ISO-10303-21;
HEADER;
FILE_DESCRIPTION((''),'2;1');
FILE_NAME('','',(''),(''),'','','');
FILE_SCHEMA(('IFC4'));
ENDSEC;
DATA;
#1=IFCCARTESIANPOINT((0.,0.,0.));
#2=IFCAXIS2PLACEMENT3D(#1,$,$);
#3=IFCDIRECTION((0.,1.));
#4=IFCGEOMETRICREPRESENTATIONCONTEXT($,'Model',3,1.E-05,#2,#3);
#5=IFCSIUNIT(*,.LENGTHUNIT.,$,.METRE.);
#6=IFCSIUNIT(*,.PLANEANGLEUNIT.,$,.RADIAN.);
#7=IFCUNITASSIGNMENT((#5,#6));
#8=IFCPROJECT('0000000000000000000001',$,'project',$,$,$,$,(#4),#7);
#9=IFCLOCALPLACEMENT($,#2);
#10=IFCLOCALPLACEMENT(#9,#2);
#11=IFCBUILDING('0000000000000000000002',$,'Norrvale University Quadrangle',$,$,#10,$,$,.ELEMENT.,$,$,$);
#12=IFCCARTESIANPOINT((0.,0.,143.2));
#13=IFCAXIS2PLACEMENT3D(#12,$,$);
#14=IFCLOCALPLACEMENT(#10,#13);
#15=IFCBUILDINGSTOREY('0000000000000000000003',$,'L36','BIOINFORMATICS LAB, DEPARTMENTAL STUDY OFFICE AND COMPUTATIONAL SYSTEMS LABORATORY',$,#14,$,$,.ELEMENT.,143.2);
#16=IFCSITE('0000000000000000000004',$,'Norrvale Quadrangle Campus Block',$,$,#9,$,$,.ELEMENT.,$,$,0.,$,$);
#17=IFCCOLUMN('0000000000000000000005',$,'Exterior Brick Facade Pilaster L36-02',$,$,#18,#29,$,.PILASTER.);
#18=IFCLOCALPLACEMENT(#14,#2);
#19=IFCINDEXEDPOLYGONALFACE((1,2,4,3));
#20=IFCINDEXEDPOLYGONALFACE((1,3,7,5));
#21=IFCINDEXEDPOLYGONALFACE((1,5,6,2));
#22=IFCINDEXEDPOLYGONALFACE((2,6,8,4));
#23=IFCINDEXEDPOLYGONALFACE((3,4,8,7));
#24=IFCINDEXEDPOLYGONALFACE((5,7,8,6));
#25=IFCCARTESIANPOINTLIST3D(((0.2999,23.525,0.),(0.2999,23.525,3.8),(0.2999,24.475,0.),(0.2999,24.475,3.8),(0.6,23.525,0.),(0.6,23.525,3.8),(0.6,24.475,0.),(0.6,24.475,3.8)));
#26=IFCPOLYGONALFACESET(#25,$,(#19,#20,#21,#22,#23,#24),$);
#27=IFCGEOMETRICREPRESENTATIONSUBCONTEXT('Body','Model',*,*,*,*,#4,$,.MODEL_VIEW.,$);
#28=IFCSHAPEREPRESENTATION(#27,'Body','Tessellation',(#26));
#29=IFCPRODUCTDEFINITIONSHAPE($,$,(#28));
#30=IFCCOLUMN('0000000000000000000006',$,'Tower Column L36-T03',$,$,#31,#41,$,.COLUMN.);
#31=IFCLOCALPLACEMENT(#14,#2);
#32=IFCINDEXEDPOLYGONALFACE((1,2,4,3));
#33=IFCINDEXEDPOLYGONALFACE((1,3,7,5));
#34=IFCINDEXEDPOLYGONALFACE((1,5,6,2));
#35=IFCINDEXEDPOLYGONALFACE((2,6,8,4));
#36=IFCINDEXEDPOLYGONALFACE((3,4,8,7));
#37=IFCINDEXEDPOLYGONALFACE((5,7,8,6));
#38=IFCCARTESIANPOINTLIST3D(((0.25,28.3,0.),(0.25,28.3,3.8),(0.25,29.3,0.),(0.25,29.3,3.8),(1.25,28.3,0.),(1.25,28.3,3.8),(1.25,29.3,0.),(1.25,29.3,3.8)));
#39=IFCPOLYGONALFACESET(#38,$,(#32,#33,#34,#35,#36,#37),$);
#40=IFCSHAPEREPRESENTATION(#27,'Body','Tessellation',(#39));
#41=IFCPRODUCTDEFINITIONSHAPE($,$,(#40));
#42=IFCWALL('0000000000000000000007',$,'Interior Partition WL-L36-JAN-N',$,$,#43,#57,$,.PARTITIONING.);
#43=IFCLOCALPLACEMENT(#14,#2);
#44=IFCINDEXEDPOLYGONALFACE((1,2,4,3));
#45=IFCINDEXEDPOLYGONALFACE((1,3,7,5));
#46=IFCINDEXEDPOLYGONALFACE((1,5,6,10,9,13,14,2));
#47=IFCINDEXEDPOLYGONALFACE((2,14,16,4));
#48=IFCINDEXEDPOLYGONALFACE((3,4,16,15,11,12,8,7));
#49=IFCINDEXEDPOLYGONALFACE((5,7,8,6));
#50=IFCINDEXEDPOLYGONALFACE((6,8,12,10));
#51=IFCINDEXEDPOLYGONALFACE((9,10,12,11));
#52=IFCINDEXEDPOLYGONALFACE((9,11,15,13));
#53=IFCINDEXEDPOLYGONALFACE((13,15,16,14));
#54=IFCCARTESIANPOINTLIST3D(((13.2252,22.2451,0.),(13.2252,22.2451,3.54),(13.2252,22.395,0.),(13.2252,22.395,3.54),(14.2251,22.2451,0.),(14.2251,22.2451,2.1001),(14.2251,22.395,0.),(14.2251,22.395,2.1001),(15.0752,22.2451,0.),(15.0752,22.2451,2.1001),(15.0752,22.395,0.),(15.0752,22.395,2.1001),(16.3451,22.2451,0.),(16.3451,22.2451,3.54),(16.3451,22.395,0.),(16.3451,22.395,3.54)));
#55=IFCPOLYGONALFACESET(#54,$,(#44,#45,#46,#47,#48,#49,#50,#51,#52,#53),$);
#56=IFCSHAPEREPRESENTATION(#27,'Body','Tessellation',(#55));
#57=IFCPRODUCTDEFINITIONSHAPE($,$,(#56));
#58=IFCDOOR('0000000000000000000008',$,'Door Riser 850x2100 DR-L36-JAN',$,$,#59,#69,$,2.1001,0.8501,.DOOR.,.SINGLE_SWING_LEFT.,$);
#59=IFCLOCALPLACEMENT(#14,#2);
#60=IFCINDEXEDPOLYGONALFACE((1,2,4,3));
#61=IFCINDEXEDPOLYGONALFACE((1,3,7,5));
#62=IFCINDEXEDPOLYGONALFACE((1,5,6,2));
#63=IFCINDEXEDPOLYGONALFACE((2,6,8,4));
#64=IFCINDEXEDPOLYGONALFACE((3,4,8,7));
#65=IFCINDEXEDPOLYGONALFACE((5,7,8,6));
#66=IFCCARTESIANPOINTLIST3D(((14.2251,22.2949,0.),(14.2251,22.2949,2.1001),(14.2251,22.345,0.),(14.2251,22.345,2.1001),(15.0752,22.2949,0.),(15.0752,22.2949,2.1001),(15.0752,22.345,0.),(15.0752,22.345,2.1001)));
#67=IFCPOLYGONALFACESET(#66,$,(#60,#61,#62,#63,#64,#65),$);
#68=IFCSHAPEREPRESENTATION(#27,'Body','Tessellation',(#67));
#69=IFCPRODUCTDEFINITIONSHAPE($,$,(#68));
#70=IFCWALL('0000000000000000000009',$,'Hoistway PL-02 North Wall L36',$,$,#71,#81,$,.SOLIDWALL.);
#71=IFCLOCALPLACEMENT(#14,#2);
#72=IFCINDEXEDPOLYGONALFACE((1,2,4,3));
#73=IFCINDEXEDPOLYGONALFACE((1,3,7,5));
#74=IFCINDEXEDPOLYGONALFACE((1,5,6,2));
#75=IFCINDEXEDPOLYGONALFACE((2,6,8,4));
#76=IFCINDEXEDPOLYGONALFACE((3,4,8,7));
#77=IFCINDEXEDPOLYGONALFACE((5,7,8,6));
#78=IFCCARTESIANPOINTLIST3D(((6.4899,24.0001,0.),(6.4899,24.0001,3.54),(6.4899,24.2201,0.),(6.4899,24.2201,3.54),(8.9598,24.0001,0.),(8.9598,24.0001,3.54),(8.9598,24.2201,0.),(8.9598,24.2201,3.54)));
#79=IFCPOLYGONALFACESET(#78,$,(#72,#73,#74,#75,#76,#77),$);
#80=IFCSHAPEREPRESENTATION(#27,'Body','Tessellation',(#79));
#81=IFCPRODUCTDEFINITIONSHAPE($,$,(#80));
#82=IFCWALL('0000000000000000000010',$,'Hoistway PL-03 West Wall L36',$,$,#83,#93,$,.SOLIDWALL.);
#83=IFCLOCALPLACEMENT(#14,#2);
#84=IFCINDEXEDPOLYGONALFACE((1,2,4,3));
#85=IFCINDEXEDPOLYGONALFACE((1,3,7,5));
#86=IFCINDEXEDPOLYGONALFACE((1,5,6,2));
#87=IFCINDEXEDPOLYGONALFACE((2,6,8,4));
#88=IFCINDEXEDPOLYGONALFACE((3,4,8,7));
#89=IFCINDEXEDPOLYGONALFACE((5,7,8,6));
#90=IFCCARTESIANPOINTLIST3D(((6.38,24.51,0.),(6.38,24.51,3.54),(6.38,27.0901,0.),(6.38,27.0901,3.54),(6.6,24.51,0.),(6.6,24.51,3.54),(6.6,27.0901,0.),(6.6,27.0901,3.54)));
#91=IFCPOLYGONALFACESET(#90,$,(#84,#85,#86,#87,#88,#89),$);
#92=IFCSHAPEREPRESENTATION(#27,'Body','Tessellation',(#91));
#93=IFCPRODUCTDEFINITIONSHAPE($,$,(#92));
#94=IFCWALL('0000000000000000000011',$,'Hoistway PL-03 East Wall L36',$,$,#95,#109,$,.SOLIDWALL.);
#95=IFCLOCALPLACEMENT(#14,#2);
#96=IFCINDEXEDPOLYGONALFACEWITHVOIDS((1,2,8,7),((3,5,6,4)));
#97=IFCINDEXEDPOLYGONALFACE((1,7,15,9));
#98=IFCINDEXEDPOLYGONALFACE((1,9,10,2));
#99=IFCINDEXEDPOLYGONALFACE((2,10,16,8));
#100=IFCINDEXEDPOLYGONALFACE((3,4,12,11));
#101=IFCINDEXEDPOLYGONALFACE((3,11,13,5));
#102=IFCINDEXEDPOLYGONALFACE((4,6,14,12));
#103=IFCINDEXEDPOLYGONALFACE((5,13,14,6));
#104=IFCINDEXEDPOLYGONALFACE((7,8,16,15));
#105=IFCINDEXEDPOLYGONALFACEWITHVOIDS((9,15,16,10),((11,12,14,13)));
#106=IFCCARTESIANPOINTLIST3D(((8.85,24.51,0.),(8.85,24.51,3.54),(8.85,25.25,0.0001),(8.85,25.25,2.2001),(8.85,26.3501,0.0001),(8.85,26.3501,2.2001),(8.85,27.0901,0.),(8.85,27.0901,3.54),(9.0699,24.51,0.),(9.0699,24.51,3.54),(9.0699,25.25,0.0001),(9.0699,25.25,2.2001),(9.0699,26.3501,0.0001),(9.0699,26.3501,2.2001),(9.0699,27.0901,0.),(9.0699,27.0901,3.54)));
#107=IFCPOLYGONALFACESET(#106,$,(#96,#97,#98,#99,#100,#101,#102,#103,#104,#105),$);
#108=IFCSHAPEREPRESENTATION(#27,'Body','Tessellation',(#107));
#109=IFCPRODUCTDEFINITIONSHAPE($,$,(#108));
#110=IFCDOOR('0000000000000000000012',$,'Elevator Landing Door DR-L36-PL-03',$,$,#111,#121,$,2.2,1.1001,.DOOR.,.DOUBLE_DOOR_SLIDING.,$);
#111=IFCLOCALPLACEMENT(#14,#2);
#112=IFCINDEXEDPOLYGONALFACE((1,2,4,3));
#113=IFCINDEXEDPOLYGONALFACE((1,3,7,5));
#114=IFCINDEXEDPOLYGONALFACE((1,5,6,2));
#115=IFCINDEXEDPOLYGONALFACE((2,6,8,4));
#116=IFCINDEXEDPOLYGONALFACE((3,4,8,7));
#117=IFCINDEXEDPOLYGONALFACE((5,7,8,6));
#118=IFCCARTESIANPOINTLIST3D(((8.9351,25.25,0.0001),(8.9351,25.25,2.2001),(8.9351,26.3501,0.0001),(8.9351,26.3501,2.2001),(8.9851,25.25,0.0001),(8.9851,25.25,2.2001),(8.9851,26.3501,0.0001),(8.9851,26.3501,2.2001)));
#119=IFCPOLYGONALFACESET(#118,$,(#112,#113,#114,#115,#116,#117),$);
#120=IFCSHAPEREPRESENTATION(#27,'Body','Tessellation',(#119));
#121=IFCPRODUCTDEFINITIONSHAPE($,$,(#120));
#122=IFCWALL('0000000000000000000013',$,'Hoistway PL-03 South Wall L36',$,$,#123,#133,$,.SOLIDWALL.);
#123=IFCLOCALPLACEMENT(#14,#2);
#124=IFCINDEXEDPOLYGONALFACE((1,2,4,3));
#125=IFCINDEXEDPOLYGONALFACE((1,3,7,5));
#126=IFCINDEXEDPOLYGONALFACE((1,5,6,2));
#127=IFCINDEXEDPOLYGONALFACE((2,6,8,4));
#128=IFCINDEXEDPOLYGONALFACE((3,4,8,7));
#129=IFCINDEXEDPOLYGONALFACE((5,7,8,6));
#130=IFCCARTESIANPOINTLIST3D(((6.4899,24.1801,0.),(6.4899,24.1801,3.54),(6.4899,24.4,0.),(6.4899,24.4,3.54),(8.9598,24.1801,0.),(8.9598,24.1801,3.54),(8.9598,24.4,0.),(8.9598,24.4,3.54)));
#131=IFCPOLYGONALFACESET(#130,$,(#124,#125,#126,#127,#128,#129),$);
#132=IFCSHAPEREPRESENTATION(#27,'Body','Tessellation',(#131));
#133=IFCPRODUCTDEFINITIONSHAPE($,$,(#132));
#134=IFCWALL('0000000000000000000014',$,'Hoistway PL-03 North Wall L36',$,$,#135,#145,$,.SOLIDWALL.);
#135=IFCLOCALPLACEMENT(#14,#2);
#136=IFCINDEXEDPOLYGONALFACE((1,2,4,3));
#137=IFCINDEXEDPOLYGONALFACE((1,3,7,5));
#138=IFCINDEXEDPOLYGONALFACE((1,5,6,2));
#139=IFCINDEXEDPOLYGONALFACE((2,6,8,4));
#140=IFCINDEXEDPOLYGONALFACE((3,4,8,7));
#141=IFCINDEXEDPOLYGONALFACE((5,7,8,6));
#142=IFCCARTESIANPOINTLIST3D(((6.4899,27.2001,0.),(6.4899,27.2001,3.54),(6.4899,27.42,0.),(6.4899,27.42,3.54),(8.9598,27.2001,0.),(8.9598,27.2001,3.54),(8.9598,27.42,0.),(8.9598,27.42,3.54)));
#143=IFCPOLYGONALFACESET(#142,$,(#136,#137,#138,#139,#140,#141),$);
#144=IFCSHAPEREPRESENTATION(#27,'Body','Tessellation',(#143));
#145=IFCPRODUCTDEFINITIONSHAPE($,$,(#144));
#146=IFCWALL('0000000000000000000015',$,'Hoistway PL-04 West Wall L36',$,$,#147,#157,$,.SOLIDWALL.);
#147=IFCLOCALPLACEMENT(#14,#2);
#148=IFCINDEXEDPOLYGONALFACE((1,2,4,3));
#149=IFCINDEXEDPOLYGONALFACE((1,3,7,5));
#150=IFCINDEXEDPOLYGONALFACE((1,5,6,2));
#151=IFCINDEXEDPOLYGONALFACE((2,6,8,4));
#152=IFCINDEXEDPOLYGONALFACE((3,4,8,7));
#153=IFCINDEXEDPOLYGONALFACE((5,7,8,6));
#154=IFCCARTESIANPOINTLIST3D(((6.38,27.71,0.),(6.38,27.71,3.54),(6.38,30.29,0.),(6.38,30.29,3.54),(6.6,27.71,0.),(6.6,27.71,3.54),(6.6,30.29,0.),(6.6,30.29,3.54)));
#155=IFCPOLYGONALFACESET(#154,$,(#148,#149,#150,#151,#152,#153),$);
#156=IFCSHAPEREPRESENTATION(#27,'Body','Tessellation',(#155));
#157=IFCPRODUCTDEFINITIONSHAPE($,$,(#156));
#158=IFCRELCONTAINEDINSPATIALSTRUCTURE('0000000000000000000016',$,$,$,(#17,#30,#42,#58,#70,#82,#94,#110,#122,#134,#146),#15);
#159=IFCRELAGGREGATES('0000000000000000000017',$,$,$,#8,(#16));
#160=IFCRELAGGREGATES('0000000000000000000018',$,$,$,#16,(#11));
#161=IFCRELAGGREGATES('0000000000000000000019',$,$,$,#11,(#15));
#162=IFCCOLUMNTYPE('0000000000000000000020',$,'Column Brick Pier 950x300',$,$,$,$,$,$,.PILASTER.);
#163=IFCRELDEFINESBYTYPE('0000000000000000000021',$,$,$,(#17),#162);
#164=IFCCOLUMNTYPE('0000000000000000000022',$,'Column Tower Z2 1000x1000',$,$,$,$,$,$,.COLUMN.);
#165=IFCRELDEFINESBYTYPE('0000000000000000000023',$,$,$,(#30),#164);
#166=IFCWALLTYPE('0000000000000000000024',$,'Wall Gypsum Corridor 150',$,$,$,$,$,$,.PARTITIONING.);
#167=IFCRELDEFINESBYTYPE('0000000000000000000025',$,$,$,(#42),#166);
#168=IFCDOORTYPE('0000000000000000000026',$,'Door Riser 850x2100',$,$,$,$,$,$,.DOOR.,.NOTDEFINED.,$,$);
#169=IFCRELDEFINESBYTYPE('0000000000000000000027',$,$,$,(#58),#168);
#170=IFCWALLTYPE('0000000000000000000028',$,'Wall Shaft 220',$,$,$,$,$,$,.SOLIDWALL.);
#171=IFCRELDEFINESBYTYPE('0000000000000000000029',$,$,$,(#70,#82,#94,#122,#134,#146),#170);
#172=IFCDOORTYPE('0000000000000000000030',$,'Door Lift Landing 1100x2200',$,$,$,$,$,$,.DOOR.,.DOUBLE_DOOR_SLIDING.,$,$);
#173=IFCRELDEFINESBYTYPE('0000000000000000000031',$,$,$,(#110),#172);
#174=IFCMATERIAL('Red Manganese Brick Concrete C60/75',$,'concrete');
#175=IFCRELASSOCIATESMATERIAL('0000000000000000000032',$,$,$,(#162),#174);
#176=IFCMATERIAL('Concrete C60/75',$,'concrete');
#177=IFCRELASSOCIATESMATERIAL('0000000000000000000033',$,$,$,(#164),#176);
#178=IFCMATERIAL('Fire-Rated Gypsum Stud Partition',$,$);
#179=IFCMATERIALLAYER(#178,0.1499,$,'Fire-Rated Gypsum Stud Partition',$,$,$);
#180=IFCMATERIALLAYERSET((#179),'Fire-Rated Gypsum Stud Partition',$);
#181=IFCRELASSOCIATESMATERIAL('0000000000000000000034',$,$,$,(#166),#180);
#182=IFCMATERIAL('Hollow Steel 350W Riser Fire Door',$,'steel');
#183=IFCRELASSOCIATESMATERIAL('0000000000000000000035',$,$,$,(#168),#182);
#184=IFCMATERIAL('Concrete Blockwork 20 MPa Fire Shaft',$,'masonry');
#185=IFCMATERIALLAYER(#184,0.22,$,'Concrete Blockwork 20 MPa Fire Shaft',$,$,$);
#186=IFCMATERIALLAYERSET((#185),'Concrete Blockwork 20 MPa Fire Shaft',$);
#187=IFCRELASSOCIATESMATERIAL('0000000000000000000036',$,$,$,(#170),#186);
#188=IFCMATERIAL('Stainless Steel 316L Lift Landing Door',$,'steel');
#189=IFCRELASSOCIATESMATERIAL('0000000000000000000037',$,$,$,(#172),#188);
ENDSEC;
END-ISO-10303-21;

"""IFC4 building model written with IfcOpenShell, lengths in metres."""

from ifc_helpers import new_model, si_unit, direction, frame, frame_2d, origin, origin_2d, place, context, subcontext, project, spatial, rectangle, extrude, material, layer, layer_set, material_profile, profile_set, type_object, element, fill, save


model = new_model("IFC4")

# Units and contexts
model_context = context("Model", 3, precision=1e-05, world=origin(), true_north=direction((0.0, 1.0)))
body_context = subcontext(model_context, "Body", "Model", "MODEL_VIEW")
ifc_project = project(units=[si_unit("LENGTHUNIT", "METRE"), si_unit("PLANEANGLEUNIT", "RADIAN")], contexts=[model_context])

# Site, building, storey
site_placement = place(None, origin())
site = spatial("IfcSite", under=ifc_project, at=site_placement, Name="Norrvale Quadrangle Campus Block", CompositionType="ELEMENT", RefElevation=0.0)
building_placement = place(site_placement, origin())
building = spatial("IfcBuilding", under=site, at=building_placement, Name="Norrvale University Quadrangle", CompositionType="ELEMENT")
storey_placement = place(building_placement, frame((0.0, 0.0, 143.2)))
storey = spatial("IfcBuildingStorey", under=building, at=storey_placement, Name="L36", Description="BIOINFORMATICS LAB, DEPARTMENTAL STUDY OFFICE AND COMPUTATIONAL SYSTEMS LABORATORY", CompositionType="ELEMENT", Elevation=143.2)

# Columns
ifc_material_1 = material(Name="Red Manganese Brick Concrete C60/75", Category="concrete")
ifc_material_profile_1 = material_profile(ifc_material_1, rectangle(XDim=0.95, YDim=0.3, at=origin_2d()), Name="Red Manganese Brick Concrete C60/75")
ifc_profile_set_1 = profile_set([ifc_material_profile_1], Name="Red Manganese Brick Concrete C60/75")
column_type_1 = type_object("IfcColumnType", Name="Column Brick Pier 950x300", PredefinedType="PILASTER", material=ifc_profile_set_1)
column_1_placement = place(storey_placement, frame((0.45, 24.0, 0.0), z_axis=(0.0, 0.0, 1.0), x_axis=(0.0, 1.0, 0.0)))
element("IfcColumn", 1, at=column_1_placement, inside=storey, type_object=column_type_1, Name="Exterior Brick Facade Pilaster L36-02", PredefinedType="PILASTER", context=body_context, shape_type="SweptSolid", body=[
    extrude(rectangle(XDim=0.95, YDim=0.3, at=origin_2d()), origin(), (0.0, 0.0, 1.0), 3.8),
])
ifc_material_2 = material(Name="Concrete C60/75", Category="concrete")
ifc_material_profile_2 = material_profile(ifc_material_2, rectangle(XDim=1.0, YDim=1.0, at=origin_2d()), Name="Concrete C60/75")
ifc_profile_set_2 = profile_set([ifc_material_profile_2], Name="Concrete C60/75")
column_type_2 = type_object("IfcColumnType", Name="Column Tower Z2 1000x1000", PredefinedType="COLUMN", material=ifc_profile_set_2)
column_2_placement = place(storey_placement, frame((0.75, 28.8, 0.0), z_axis=(0.0, 0.0, 1.0), x_axis=(1.0, 0.0, 0.0)))
element("IfcColumn", 2, at=column_2_placement, inside=storey, type_object=column_type_2, Name="Tower Column L36-T03", PredefinedType="COLUMN", context=body_context, shape_type="SweptSolid", body=[
    extrude(rectangle(XDim=1.0, YDim=1.0, at=origin_2d()), origin(), (0.0, 0.0, 1.0), 3.8),
])

# Wall, opening, door
ifc_material_3 = material(Name="Fire-Rated Gypsum Stud Partition")
ifc_layer_1 = layer(ifc_material_3, 0.1499, Name="Fire-Rated Gypsum Stud Partition")
ifc_layer_set_1 = layer_set([ifc_layer_1], Name="Fire-Rated Gypsum Stud Partition")
wall_type_1 = type_object("IfcWallType", Name="Wall Gypsum Corridor 150", PredefinedType="PARTITIONING", material=ifc_layer_set_1)
wall_1_placement = place(storey_placement, frame((13.2251, 22.3201, 0.0), z_axis=(0.0, 0.0, 1.0), x_axis=(1.0, 0.0, 0.0)))
wall_1 = element("IfcWall", 3, at=wall_1_placement, inside=storey, type_object=wall_type_1, Name="Interior Partition WL-L36-JAN-N", PredefinedType="PARTITIONING", context=body_context, shape_type="SweptSolid", body=[
    extrude(rectangle(XDim=3.1199, YDim=0.1499, at=frame_2d((1.5601, 0.0))), origin(), (0.0, 0.0, 1.0), 3.54),
])
opening_1_placement = place(wall_1_placement, frame((1.0, 0.0, 0.0)))
opening_1 = element("IfcOpeningElement", 4, at=opening_1_placement, cuts=wall_1, PredefinedType="OPENING", context=body_context, shape_type="SweptSolid", body=[
    extrude(rectangle(XDim=0.8501, YDim=2.1001, at=frame_2d((0.425, 1.05))), frame((0.0, 0.0869, 0.0), z_axis=(0.0, -1.0, 0.0), x_axis=(1.0, 0.0, 0.0)), (0.0, 0.0, 1.0), 0.1738),
])
ifc_material_4 = material(Name="Hollow Steel 350W Riser Fire Door", Category="steel")
door_type_1 = type_object("IfcDoorType", Name="Door Riser 850x2100", OperationType="NOTDEFINED", PredefinedType="DOOR", material=ifc_material_4)
door_1_placement = place(opening_1_placement, origin())
door_1 = element("IfcDoor", 5, at=door_1_placement, inside=storey, type_object=door_type_1, Name="Door Riser 850x2100 DR-L36-JAN", OperationType="SINGLE_SWING_LEFT", OverallHeight=2.1001, OverallWidth=0.8501, PredefinedType="DOOR", context=body_context, shape_type="SweptSolid", body=[
    extrude(rectangle(XDim=0.8501, YDim=2.1001, at=frame_2d((0.425, 1.05))), frame((0.0, 0.0249, 0.0), z_axis=(0.0, -1.0, 0.0), x_axis=(1.0, 0.0, 0.0)), (0.0, 0.0, 1.0), 0.05),
])
fill(opening_1, door_1)

# Walls
ifc_material_5 = material(Name="Concrete Blockwork 20 MPa Fire Shaft", Category="masonry")
ifc_layer_2 = layer(ifc_material_5, 0.22, Name="Concrete Blockwork 20 MPa Fire Shaft")
ifc_layer_set_2 = layer_set([ifc_layer_2], Name="Concrete Blockwork 20 MPa Fire Shaft")
wall_type_2 = type_object("IfcWallType", Name="Wall Shaft 220", PredefinedType="SOLIDWALL", material=ifc_layer_set_2)
wall_2_placement = place(storey_placement, frame((6.49, 24.1101, 0.0), z_axis=(0.0, 0.0, 1.0), x_axis=(1.0, 0.0, 0.0)))
element("IfcWall", 6, at=wall_2_placement, inside=storey, type_object=wall_type_2, Name="Hoistway PL-02 North Wall L36", PredefinedType="SOLIDWALL", context=body_context, shape_type="SweptSolid", body=[
    extrude(rectangle(XDim=2.47, YDim=0.22, at=frame_2d((1.2349, 0.0))), origin(), (0.0, 0.0, 1.0), 3.54),
])
wall_3_placement = place(storey_placement, frame((6.49, 24.51, 0.0), z_axis=(0.0, 0.0, 1.0), x_axis=(0.0, 1.0, 0.0)))
element("IfcWall", 7, at=wall_3_placement, inside=storey, type_object=wall_type_2, Name="Hoistway PL-03 West Wall L36", PredefinedType="SOLIDWALL", context=body_context, shape_type="SweptSolid", body=[
    extrude(rectangle(XDim=2.5801, YDim=0.22, at=frame_2d((1.29, 0.0))), origin(), (0.0, 0.0, 1.0), 3.54),
])

# Wall, opening, door
wall_4_placement = place(storey_placement, frame((8.96, 24.51, 0.0), z_axis=(0.0, 0.0, 1.0), x_axis=(0.0, 1.0, 0.0)))
wall_4 = element("IfcWall", 8, at=wall_4_placement, inside=storey, type_object=wall_type_2, Name="Hoistway PL-03 East Wall L36", PredefinedType="SOLIDWALL", context=body_context, shape_type="SweptSolid", body=[
    extrude(rectangle(XDim=2.5801, YDim=0.22, at=frame_2d((1.29, 0.0))), origin(), (0.0, 0.0, 1.0), 3.54),
])
opening_2_placement = place(wall_4_placement, frame((0.74, 0.0, 0.0)))
opening_2 = element("IfcOpeningElement", 9, at=opening_2_placement, cuts=wall_4, PredefinedType="OPENING", context=body_context, shape_type="SweptSolid", body=[
    extrude(rectangle(XDim=1.1001, YDim=2.2, at=frame_2d((0.55, 1.1001))), frame((0.0, 0.1221, 0.0), z_axis=(0.0, -1.0, 0.0), x_axis=(1.0, 0.0, 0.0)), (0.0, 0.0, 1.0), 0.2439),
])
ifc_material_6 = material(Name="Stainless Steel 316L Lift Landing Door", Category="steel")
door_type_2 = type_object("IfcDoorType", Name="Door Lift Landing 1100x2200", OperationType="DOUBLE_DOOR_SLIDING", PredefinedType="DOOR", material=ifc_material_6)
door_2_placement = place(opening_2_placement, origin())
door_2 = element("IfcDoor", 10, at=door_2_placement, inside=storey, type_object=door_type_2, Name="Elevator Landing Door DR-L36-PL-03", OperationType="DOUBLE_DOOR_SLIDING", OverallHeight=2.2, OverallWidth=1.1001, PredefinedType="DOOR", context=body_context, shape_type="SweptSolid", body=[
    extrude(rectangle(XDim=1.1001, YDim=2.2, at=frame_2d((0.55, 1.1001))), frame((0.0, 0.0249, 0.0), z_axis=(0.0, -1.0, 0.0), x_axis=(1.0, 0.0, 0.0)), (0.0, 0.0, 1.0), 0.05),
])
fill(opening_2, door_2)

# Walls
for number, where, z_axis, x_axis, name in (
    (11, (6.49, 24.29, 0.0), (0.0, 0.0, 1.0), (1.0, 0.0, 0.0), "Hoistway PL-03 South Wall L36"),
    (12, (6.49, 27.3101, 0.0), (0.0, 0.0, 1.0), (1.0, 0.0, 0.0), "Hoistway PL-03 North Wall L36"),
):
    element("IfcWall", number, at=place(storey_placement, frame(where, z_axis=z_axis, x_axis=x_axis)), inside=storey, type_object=wall_type_2, Name=name, PredefinedType="SOLIDWALL", context=body_context, shape_type="SweptSolid", body=[
        extrude(rectangle(XDim=2.47, YDim=0.22, at=frame_2d((1.2349, 0.0))), origin(), (0.0, 0.0, 1.0), 3.54),
    ])
wall_5_placement = place(storey_placement, frame((6.49, 27.71, 0.0), z_axis=(0.0, 0.0, 1.0), x_axis=(0.0, 1.0, 0.0)))
element("IfcWall", 13, at=wall_5_placement, inside=storey, type_object=wall_type_2, Name="Hoistway PL-04 West Wall L36", PredefinedType="SOLIDWALL", context=body_context, shape_type="SweptSolid", body=[
    extrude(rectangle(XDim=2.5801, YDim=0.22, at=frame_2d((1.29, 0.0))), origin(), (0.0, 0.0, 1.0), 3.54),
])

save(model, "model.ifc")
